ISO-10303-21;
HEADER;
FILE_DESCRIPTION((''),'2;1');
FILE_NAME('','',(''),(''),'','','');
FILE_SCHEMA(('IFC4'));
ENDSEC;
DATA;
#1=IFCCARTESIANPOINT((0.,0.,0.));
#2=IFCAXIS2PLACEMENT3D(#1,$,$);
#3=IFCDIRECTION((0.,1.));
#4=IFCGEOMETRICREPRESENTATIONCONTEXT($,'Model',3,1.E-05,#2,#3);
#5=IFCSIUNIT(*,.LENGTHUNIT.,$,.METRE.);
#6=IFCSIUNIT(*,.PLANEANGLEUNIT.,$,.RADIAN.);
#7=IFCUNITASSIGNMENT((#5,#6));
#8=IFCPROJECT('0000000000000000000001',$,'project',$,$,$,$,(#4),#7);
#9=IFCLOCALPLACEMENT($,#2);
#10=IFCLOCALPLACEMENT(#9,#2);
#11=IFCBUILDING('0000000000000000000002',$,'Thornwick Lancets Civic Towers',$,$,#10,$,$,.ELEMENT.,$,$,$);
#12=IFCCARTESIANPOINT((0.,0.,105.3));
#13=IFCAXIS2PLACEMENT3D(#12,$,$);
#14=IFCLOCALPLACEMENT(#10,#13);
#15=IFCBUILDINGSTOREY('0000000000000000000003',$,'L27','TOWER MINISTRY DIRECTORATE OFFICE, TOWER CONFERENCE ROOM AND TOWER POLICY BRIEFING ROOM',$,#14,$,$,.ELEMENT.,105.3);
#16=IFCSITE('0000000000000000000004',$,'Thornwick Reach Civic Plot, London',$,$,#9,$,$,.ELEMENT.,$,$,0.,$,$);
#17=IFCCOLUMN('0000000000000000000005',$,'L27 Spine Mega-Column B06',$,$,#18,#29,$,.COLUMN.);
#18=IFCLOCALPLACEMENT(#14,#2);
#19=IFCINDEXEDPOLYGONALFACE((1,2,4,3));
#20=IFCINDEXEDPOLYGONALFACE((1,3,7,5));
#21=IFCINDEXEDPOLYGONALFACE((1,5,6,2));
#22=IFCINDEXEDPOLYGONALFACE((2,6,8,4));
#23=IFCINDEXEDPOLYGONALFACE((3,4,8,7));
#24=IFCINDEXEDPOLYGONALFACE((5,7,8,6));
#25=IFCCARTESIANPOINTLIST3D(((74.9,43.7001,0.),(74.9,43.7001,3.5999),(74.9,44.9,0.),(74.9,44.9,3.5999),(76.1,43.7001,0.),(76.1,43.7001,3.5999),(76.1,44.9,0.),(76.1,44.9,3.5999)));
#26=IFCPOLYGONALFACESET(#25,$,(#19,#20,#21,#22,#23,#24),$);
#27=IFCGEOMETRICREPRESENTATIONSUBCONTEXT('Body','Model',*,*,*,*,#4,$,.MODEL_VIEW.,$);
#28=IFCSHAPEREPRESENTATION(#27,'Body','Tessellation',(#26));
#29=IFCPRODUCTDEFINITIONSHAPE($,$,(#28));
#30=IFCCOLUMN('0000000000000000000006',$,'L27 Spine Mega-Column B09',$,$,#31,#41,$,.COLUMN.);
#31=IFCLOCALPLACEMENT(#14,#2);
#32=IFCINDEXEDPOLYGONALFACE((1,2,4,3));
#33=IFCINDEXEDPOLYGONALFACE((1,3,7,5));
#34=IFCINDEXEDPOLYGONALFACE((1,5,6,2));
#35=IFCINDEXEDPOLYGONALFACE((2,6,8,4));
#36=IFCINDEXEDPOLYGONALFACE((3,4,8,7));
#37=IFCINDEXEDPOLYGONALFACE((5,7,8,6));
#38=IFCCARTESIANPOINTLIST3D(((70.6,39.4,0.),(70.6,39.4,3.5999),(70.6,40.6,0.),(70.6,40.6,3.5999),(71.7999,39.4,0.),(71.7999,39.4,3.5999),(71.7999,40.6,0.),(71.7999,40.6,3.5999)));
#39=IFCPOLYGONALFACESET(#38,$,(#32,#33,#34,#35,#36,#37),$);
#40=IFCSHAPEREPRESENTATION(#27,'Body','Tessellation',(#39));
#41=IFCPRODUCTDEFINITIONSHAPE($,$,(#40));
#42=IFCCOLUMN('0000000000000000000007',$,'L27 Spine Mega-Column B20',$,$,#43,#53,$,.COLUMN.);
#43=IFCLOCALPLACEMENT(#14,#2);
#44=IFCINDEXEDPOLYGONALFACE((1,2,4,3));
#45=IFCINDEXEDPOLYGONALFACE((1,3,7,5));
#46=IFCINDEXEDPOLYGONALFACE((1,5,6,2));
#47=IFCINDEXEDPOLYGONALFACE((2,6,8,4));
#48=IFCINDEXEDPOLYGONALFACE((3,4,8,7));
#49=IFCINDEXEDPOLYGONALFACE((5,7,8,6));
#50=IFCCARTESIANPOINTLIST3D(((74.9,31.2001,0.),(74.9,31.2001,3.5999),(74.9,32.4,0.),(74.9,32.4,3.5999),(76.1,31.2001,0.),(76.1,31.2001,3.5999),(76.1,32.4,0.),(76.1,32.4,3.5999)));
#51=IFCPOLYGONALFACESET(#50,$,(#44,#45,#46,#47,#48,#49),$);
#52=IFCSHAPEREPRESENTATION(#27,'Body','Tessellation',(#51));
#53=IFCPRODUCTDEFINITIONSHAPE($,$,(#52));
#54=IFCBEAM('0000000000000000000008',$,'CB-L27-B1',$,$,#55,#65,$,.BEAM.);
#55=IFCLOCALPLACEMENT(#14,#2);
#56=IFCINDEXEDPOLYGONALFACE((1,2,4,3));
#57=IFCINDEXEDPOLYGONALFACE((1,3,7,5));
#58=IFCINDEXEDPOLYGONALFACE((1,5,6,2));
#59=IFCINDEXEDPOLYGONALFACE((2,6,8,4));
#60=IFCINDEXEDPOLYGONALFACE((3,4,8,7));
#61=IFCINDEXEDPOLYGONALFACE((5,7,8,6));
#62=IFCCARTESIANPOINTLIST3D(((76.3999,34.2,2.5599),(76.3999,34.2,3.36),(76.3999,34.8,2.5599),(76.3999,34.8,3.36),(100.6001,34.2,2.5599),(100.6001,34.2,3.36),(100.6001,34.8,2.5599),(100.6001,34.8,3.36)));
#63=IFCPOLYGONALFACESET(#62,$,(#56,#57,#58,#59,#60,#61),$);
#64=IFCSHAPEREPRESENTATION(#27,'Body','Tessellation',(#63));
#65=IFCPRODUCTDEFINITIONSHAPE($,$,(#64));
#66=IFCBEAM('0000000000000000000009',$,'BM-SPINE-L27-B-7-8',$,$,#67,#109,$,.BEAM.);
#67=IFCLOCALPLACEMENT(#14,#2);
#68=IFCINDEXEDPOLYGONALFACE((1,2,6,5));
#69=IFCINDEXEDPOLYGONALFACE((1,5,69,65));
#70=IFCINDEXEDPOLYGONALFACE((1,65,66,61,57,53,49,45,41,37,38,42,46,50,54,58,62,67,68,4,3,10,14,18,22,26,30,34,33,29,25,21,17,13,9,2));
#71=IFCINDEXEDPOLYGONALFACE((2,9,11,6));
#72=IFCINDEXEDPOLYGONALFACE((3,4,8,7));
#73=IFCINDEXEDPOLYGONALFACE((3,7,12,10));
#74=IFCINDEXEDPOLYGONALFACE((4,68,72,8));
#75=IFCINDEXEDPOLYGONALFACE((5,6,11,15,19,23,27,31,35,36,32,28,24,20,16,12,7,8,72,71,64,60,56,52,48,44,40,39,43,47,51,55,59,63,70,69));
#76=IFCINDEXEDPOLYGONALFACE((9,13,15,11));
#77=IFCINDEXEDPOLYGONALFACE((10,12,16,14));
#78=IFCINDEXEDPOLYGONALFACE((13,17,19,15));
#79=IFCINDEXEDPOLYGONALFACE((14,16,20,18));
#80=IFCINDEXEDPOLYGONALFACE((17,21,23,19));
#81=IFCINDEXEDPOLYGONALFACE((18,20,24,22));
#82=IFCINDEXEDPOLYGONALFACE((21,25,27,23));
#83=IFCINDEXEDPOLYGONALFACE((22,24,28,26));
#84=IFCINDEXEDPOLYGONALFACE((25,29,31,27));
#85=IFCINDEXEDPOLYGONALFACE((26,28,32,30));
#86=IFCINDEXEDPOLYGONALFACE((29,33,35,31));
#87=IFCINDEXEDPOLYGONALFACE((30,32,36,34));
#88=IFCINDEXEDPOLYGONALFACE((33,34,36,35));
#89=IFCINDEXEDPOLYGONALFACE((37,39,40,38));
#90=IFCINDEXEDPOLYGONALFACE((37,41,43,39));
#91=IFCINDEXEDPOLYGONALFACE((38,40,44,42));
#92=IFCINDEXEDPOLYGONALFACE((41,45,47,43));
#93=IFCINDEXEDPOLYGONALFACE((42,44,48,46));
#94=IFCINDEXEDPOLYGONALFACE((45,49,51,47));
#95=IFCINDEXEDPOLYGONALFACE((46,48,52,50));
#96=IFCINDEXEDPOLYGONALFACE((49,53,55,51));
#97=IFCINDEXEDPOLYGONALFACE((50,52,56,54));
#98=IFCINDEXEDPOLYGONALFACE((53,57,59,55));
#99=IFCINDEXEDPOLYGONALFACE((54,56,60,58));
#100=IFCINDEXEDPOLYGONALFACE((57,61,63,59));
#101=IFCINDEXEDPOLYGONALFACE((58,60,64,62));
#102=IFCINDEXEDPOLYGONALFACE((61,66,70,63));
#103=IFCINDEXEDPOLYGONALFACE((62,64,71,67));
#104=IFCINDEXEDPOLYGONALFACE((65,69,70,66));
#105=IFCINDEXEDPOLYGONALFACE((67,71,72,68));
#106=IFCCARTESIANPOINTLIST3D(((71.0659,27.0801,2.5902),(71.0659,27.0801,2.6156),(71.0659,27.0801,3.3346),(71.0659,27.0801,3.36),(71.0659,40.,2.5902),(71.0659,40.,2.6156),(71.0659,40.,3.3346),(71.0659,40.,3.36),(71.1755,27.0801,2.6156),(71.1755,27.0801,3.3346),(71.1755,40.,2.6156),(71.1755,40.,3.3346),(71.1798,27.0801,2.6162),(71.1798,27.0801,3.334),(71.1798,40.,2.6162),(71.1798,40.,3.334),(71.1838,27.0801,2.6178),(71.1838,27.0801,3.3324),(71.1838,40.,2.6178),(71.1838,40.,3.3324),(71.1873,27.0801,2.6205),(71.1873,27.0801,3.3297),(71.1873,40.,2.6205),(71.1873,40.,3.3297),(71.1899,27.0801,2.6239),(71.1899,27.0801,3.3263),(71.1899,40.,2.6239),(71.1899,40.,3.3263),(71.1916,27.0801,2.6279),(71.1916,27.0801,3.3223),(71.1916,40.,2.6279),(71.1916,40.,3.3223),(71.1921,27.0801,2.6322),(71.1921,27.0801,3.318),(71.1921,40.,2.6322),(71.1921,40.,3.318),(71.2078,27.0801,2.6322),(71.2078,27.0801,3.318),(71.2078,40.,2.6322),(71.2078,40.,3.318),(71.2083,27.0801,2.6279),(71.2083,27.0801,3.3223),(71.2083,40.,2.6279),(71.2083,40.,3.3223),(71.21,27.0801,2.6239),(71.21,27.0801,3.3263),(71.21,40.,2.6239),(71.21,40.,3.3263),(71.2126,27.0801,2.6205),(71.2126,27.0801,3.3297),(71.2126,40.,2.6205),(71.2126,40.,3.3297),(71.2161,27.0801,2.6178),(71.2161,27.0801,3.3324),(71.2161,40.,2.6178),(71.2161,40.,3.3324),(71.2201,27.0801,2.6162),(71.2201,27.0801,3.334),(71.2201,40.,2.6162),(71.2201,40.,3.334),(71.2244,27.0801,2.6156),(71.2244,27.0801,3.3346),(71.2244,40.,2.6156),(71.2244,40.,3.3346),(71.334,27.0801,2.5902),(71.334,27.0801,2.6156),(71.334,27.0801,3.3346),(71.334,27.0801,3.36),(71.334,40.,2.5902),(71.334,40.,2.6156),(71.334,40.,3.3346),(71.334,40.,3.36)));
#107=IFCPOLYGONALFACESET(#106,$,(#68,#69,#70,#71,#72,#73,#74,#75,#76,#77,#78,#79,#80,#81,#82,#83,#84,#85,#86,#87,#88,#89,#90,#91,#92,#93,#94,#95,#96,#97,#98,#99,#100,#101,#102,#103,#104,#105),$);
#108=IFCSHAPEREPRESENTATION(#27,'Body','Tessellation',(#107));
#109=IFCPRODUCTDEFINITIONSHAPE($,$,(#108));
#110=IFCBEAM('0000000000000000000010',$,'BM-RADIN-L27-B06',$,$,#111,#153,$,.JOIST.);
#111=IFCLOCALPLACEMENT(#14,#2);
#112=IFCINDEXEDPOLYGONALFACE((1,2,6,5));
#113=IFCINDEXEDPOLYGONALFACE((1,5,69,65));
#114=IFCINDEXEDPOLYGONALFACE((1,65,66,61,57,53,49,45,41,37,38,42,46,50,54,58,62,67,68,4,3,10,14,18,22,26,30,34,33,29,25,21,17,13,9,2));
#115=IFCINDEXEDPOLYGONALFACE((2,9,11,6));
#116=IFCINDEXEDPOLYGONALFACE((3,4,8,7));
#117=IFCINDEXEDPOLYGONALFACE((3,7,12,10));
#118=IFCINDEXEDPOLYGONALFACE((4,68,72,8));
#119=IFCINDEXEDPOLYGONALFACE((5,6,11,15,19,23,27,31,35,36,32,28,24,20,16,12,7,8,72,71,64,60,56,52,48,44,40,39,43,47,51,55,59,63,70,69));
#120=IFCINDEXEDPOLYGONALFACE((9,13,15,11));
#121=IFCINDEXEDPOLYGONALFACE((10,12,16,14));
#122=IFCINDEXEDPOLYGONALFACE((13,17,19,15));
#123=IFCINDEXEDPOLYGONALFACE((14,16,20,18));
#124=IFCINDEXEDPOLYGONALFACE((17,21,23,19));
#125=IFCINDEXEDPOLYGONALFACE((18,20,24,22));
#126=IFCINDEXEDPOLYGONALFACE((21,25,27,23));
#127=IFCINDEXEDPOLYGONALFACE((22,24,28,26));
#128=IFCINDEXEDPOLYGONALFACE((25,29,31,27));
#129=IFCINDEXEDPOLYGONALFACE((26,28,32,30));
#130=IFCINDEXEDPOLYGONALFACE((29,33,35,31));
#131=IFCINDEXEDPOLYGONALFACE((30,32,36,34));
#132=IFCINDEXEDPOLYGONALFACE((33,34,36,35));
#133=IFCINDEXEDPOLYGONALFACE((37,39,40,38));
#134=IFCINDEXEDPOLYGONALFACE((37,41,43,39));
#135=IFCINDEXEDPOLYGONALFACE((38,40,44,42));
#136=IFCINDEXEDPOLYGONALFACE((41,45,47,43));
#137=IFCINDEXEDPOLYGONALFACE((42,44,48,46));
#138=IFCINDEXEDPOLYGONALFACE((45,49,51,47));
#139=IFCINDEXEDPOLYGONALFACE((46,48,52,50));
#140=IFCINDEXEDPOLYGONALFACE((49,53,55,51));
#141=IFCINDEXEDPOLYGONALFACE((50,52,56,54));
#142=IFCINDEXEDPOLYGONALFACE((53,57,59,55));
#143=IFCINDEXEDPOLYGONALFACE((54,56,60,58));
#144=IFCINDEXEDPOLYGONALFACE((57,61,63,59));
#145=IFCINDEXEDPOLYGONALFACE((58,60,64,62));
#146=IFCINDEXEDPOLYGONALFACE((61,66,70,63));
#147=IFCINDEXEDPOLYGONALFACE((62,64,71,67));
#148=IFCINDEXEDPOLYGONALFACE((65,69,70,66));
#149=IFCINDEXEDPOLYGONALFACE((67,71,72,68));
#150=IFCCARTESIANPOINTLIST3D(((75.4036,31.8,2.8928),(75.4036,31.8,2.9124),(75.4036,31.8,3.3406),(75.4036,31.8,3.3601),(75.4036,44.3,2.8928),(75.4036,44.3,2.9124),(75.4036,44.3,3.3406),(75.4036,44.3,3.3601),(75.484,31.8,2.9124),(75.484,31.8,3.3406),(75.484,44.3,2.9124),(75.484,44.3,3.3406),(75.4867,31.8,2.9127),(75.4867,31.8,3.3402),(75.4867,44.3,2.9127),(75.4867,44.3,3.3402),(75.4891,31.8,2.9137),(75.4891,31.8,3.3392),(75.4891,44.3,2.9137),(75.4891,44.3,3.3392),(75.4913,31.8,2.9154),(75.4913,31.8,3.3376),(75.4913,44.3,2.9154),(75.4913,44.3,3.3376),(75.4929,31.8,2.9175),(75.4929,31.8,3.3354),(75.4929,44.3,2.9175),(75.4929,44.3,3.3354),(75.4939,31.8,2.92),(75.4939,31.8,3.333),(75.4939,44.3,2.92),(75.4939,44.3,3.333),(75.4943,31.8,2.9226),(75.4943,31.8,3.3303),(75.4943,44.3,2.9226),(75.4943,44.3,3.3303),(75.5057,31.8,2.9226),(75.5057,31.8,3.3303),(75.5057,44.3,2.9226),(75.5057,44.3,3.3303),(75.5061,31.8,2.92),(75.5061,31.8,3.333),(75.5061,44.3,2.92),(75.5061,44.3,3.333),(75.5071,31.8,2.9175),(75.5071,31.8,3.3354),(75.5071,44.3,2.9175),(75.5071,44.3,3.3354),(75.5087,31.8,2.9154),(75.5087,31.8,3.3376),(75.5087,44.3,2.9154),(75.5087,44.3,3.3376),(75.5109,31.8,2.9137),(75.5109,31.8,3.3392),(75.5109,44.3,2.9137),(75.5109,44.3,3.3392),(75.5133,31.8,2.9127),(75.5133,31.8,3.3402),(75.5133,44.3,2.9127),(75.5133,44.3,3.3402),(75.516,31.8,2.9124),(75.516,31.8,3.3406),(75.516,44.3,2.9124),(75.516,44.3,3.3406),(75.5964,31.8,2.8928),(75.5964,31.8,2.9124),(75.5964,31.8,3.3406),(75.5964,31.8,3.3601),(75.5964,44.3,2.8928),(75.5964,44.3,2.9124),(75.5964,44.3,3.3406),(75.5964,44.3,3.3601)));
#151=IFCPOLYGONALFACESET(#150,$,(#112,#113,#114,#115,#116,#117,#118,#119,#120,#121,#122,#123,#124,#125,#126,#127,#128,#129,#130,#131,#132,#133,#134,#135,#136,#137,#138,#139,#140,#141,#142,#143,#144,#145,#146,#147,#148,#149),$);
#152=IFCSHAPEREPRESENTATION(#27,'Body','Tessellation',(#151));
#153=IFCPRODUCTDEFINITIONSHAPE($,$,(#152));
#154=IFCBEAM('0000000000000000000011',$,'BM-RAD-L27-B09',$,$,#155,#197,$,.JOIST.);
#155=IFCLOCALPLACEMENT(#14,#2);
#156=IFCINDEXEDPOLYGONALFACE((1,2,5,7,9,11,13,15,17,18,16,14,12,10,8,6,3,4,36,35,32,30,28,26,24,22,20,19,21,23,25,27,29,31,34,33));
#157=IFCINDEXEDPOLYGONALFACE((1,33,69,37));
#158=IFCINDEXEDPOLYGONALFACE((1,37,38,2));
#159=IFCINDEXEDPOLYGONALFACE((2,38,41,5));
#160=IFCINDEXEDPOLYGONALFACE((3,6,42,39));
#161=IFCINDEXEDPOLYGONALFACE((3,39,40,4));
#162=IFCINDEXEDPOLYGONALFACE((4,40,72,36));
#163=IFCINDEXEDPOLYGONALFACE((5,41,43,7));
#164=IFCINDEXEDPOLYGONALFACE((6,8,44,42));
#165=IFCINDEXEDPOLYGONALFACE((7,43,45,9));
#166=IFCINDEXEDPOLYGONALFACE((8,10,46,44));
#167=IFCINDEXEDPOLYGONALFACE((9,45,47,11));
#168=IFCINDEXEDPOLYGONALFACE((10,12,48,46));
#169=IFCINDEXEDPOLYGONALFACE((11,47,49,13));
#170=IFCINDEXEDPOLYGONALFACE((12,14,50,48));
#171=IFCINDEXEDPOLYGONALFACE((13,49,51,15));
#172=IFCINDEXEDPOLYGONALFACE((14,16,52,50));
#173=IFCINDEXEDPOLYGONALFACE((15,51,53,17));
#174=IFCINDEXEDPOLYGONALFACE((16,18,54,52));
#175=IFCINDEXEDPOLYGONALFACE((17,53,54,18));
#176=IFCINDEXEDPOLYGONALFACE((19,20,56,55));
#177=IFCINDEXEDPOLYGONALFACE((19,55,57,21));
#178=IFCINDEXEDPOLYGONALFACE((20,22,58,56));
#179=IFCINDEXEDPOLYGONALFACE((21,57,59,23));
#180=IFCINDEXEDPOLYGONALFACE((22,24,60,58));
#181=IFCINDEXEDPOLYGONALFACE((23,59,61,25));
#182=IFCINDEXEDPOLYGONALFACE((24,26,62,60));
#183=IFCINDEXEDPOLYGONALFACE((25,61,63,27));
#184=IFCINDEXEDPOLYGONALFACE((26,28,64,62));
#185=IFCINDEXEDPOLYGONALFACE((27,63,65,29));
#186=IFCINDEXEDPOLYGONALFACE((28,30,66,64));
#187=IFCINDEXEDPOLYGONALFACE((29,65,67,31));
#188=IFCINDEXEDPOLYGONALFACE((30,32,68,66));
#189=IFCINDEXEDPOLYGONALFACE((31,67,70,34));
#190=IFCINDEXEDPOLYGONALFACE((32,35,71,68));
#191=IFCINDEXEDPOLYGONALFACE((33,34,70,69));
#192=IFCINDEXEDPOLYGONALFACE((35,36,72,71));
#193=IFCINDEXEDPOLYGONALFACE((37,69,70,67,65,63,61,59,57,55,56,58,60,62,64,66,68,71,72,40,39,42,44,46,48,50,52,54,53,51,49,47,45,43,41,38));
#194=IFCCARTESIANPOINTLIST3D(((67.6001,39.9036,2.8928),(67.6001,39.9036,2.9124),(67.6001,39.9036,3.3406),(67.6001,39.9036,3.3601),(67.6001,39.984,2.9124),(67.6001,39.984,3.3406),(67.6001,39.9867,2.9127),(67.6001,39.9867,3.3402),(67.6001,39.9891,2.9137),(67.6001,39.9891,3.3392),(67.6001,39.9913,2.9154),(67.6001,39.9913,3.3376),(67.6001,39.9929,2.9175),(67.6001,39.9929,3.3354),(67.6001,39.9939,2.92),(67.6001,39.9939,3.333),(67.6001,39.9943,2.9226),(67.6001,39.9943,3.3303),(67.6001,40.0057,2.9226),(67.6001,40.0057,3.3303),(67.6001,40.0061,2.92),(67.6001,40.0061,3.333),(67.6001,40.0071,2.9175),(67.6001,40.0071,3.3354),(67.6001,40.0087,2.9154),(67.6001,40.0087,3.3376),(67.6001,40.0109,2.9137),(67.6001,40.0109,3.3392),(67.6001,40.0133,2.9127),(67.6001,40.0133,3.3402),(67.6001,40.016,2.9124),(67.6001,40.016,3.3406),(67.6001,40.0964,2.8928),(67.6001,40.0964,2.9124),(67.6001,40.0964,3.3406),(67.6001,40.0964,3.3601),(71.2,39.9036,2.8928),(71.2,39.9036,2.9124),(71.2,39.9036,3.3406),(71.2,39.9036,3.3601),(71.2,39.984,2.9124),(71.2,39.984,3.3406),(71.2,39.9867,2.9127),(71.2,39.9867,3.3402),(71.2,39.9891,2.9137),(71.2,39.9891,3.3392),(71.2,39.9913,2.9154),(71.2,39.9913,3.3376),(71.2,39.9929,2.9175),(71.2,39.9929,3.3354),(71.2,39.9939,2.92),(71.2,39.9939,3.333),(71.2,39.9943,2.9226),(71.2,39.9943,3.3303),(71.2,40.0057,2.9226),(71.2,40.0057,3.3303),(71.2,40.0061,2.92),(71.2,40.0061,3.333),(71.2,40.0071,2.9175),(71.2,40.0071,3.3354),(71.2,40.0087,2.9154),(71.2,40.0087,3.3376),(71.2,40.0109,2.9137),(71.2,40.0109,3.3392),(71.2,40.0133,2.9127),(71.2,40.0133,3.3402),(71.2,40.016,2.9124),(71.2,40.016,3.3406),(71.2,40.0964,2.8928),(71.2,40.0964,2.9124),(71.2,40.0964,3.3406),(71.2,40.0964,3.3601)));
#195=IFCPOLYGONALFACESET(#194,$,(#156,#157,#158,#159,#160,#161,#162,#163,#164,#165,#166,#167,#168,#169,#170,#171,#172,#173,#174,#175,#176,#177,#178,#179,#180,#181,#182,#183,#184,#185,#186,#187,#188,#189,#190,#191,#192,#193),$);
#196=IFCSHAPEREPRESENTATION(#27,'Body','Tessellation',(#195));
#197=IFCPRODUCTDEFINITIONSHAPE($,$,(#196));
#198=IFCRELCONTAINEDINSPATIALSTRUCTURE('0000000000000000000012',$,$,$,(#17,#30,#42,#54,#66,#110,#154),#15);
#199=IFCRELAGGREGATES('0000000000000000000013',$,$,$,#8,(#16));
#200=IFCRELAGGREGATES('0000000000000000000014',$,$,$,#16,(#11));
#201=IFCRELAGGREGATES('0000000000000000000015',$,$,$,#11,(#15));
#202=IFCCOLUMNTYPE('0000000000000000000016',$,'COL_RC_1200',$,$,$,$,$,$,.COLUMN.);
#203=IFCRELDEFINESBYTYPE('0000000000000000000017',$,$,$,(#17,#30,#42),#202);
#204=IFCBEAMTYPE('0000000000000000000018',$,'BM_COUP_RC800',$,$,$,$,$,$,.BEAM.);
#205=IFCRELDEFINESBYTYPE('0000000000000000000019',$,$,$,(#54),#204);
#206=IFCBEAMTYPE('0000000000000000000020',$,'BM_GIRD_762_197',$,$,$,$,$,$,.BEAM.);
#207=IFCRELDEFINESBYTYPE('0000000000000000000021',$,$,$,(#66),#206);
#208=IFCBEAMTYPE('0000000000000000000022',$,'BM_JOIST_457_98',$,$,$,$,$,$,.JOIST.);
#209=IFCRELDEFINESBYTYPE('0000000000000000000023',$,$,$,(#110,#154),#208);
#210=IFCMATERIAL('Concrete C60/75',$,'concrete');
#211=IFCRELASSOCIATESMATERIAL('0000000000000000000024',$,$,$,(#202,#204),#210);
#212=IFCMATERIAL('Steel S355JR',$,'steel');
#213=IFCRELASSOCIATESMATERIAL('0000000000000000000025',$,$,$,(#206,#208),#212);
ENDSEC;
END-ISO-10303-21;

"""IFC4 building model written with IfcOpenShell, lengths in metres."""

from ifc_helpers import new_model, si_unit, direction, frame, origin, origin_2d, place, context, subcontext, project, spatial, rectangle, i_section, extrude, material, material_profile, profile_set, type_object, element, save


model = new_model("IFC4")

# Units and contexts
model_context = context("Model", 3, precision=1e-05, world=origin(), true_north=direction((0.0, 1.0)))
body_context = subcontext(model_context, "Body", "Model", "MODEL_VIEW")
ifc_project = project(units=[si_unit("LENGTHUNIT", "METRE"), si_unit("PLANEANGLEUNIT", "RADIAN")], contexts=[model_context])

# Site, building, storey
site_placement = place(None, origin())
site = spatial("IfcSite", under=ifc_project, at=site_placement, Name="Thornwick Reach Civic Plot, London", CompositionType="ELEMENT", RefElevation=0.0)
building_placement = place(site_placement, origin())
building = spatial("IfcBuilding", under=site, at=building_placement, Name="Thornwick Lancets Civic Towers", CompositionType="ELEMENT")
storey_placement = place(building_placement, frame((0.0, 0.0, 105.3)))
storey = spatial("IfcBuildingStorey", under=building, at=storey_placement, Name="L27", Description="TOWER MINISTRY DIRECTORATE OFFICE, TOWER CONFERENCE ROOM AND TOWER POLICY BRIEFING ROOM", CompositionType="ELEMENT", Elevation=105.3)

# Columns
ifc_material_1 = material(Name="Concrete C60/75", Category="concrete")
ifc_material_profile_1 = material_profile(ifc_material_1, rectangle(XDim=1.2, YDim=1.2, at=origin_2d()), Name="RC 1200x1200")
ifc_profile_set_1 = profile_set([ifc_material_profile_1], Name="Concrete C60/75")
column_type = type_object("IfcColumnType", Name="COL_RC_1200", PredefinedType="COLUMN", material=ifc_profile_set_1)
for number, where, z_axis, x_axis, name in (
    (1, (75.5, 44.3, 0.0), (0.0, 0.0, 1.0), (1.0, 0.0, 0.0), "L27 Spine Mega-Column B06"),
    (2, (71.2, 40.0, 0.0), (0.0, 0.0, 1.0), (1.0, 0.0, 0.0), "L27 Spine Mega-Column B09"),
    (3, (75.5, 31.8, 0.0), (0.0, 0.0, 1.0), (1.0, 0.0, 0.0), "L27 Spine Mega-Column B20"),
):
    element("IfcColumn", number, at=place(storey_placement, frame(where, z_axis=z_axis, x_axis=x_axis)), inside=storey, type_object=column_type, Name=name, PredefinedType="COLUMN", context=body_context, shape_type="SweptSolid", body=[
        extrude(rectangle(XDim=1.2, YDim=1.2, at=origin_2d()), origin(), (0.0, 0.0, 1.0), 3.5999),
    ])

# Beams
ifc_material_profile_2 = material_profile(ifc_material_1, rectangle(XDim=0.6001, YDim=0.8, at=origin_2d()), Name="RC 600x800")
ifc_profile_set_2 = profile_set([ifc_material_profile_2], Name="Concrete C60/75")
beam_type_1 = type_object("IfcBeamType", Name="BM_COUP_RC800", PredefinedType="BEAM", material=ifc_profile_set_2)
beam_1_placement = place(storey_placement, frame((76.3999, 34.5, 2.96), z_axis=(1.0, 0.0, 0.0), x_axis=(0.0, 1.0, 0.0)))
element("IfcBeam", 4, at=beam_1_placement, inside=storey, type_object=beam_type_1, Name="CB-L27-B1", PredefinedType="BEAM", context=body_context, shape_type="SweptSolid", body=[
    extrude(rectangle(XDim=0.6001, YDim=0.8, at=origin_2d()), origin(), (0.0, 0.0, 1.0), 24.2002),
])
ifc_material_2 = material(Name="Steel S355JR", Category="steel")
ifc_material_profile_3 = material_profile(ifc_material_2, i_section(OverallWidth=0.2681, OverallDepth=0.7698, WebThickness=0.0156, FlangeThickness=0.0254, FilletRadius=0.0166, at=origin_2d()), Name="UKB 762x267x197")
ifc_profile_set_3 = profile_set([ifc_material_profile_3], Name="Steel S355JR")
beam_type_2 = type_object("IfcBeamType", Name="BM_GIRD_762_197", PredefinedType="BEAM", material=ifc_profile_set_3)
beam_2_placement = place(storey_placement, frame((71.2, 27.0801, 2.9751), z_axis=(0.0, 1.0, 0.0), x_axis=(-1.0, 0.0, 0.0)))
element("IfcBeam", 5, at=beam_2_placement, inside=storey, type_object=beam_type_2, Name="BM-SPINE-L27-B-7-8", PredefinedType="BEAM", context=body_context, shape_type="SweptSolid", body=[
    extrude(i_section(OverallWidth=0.2681, OverallDepth=0.7698, WebThickness=0.0156, FlangeThickness=0.0254, FilletRadius=0.0166, at=origin_2d()), origin(), (0.0, 0.0, 1.0), 12.9199),
])
ifc_material_profile_4 = material_profile(ifc_material_2, i_section(OverallWidth=0.1929, OverallDepth=0.4673, WebThickness=0.0115, FlangeThickness=0.0195, FilletRadius=0.0103, at=origin_2d()), Name="UKB 457x191x98")
ifc_profile_set_4 = profile_set([ifc_material_profile_4], Name="Steel S355JR")
beam_type_3 = type_object("IfcBeamType", Name="BM_JOIST_457_98", PredefinedType="JOIST", material=ifc_profile_set_4)
beam_3_placement = place(storey_placement, frame((75.5, 31.8, 3.1265), z_axis=(0.0, 1.0, 0.0), x_axis=(-1.0, 0.0, 0.0)))
element("IfcBeam", 6, at=beam_3_placement, inside=storey, type_object=beam_type_3, Name="BM-RADIN-L27-B06", PredefinedType="JOIST", context=body_context, shape_type="SweptSolid", body=[
    extrude(i_section(OverallWidth=0.1929, OverallDepth=0.4673, WebThickness=0.0115, FlangeThickness=0.0195, FilletRadius=0.0103, at=origin_2d()), origin(), (0.0, 0.0, 1.0), 12.5),
])
beam_4_placement = place(storey_placement, frame((71.2, 40.0, 3.1265), z_axis=(-1.0, 0.0, 0.0), x_axis=(0.0, -1.0, 0.0)))
element("IfcBeam", 7, at=beam_4_placement, inside=storey, type_object=beam_type_3, Name="BM-RAD-L27-B09", PredefinedType="JOIST", context=body_context, shape_type="SweptSolid", body=[
    extrude(i_section(OverallWidth=0.1929, OverallDepth=0.4673, WebThickness=0.0115, FlangeThickness=0.0195, FilletRadius=0.0103, at=origin_2d()), origin(), (0.0, 0.0, 1.0), 3.5999),
])

save(model, "model.ifc")
